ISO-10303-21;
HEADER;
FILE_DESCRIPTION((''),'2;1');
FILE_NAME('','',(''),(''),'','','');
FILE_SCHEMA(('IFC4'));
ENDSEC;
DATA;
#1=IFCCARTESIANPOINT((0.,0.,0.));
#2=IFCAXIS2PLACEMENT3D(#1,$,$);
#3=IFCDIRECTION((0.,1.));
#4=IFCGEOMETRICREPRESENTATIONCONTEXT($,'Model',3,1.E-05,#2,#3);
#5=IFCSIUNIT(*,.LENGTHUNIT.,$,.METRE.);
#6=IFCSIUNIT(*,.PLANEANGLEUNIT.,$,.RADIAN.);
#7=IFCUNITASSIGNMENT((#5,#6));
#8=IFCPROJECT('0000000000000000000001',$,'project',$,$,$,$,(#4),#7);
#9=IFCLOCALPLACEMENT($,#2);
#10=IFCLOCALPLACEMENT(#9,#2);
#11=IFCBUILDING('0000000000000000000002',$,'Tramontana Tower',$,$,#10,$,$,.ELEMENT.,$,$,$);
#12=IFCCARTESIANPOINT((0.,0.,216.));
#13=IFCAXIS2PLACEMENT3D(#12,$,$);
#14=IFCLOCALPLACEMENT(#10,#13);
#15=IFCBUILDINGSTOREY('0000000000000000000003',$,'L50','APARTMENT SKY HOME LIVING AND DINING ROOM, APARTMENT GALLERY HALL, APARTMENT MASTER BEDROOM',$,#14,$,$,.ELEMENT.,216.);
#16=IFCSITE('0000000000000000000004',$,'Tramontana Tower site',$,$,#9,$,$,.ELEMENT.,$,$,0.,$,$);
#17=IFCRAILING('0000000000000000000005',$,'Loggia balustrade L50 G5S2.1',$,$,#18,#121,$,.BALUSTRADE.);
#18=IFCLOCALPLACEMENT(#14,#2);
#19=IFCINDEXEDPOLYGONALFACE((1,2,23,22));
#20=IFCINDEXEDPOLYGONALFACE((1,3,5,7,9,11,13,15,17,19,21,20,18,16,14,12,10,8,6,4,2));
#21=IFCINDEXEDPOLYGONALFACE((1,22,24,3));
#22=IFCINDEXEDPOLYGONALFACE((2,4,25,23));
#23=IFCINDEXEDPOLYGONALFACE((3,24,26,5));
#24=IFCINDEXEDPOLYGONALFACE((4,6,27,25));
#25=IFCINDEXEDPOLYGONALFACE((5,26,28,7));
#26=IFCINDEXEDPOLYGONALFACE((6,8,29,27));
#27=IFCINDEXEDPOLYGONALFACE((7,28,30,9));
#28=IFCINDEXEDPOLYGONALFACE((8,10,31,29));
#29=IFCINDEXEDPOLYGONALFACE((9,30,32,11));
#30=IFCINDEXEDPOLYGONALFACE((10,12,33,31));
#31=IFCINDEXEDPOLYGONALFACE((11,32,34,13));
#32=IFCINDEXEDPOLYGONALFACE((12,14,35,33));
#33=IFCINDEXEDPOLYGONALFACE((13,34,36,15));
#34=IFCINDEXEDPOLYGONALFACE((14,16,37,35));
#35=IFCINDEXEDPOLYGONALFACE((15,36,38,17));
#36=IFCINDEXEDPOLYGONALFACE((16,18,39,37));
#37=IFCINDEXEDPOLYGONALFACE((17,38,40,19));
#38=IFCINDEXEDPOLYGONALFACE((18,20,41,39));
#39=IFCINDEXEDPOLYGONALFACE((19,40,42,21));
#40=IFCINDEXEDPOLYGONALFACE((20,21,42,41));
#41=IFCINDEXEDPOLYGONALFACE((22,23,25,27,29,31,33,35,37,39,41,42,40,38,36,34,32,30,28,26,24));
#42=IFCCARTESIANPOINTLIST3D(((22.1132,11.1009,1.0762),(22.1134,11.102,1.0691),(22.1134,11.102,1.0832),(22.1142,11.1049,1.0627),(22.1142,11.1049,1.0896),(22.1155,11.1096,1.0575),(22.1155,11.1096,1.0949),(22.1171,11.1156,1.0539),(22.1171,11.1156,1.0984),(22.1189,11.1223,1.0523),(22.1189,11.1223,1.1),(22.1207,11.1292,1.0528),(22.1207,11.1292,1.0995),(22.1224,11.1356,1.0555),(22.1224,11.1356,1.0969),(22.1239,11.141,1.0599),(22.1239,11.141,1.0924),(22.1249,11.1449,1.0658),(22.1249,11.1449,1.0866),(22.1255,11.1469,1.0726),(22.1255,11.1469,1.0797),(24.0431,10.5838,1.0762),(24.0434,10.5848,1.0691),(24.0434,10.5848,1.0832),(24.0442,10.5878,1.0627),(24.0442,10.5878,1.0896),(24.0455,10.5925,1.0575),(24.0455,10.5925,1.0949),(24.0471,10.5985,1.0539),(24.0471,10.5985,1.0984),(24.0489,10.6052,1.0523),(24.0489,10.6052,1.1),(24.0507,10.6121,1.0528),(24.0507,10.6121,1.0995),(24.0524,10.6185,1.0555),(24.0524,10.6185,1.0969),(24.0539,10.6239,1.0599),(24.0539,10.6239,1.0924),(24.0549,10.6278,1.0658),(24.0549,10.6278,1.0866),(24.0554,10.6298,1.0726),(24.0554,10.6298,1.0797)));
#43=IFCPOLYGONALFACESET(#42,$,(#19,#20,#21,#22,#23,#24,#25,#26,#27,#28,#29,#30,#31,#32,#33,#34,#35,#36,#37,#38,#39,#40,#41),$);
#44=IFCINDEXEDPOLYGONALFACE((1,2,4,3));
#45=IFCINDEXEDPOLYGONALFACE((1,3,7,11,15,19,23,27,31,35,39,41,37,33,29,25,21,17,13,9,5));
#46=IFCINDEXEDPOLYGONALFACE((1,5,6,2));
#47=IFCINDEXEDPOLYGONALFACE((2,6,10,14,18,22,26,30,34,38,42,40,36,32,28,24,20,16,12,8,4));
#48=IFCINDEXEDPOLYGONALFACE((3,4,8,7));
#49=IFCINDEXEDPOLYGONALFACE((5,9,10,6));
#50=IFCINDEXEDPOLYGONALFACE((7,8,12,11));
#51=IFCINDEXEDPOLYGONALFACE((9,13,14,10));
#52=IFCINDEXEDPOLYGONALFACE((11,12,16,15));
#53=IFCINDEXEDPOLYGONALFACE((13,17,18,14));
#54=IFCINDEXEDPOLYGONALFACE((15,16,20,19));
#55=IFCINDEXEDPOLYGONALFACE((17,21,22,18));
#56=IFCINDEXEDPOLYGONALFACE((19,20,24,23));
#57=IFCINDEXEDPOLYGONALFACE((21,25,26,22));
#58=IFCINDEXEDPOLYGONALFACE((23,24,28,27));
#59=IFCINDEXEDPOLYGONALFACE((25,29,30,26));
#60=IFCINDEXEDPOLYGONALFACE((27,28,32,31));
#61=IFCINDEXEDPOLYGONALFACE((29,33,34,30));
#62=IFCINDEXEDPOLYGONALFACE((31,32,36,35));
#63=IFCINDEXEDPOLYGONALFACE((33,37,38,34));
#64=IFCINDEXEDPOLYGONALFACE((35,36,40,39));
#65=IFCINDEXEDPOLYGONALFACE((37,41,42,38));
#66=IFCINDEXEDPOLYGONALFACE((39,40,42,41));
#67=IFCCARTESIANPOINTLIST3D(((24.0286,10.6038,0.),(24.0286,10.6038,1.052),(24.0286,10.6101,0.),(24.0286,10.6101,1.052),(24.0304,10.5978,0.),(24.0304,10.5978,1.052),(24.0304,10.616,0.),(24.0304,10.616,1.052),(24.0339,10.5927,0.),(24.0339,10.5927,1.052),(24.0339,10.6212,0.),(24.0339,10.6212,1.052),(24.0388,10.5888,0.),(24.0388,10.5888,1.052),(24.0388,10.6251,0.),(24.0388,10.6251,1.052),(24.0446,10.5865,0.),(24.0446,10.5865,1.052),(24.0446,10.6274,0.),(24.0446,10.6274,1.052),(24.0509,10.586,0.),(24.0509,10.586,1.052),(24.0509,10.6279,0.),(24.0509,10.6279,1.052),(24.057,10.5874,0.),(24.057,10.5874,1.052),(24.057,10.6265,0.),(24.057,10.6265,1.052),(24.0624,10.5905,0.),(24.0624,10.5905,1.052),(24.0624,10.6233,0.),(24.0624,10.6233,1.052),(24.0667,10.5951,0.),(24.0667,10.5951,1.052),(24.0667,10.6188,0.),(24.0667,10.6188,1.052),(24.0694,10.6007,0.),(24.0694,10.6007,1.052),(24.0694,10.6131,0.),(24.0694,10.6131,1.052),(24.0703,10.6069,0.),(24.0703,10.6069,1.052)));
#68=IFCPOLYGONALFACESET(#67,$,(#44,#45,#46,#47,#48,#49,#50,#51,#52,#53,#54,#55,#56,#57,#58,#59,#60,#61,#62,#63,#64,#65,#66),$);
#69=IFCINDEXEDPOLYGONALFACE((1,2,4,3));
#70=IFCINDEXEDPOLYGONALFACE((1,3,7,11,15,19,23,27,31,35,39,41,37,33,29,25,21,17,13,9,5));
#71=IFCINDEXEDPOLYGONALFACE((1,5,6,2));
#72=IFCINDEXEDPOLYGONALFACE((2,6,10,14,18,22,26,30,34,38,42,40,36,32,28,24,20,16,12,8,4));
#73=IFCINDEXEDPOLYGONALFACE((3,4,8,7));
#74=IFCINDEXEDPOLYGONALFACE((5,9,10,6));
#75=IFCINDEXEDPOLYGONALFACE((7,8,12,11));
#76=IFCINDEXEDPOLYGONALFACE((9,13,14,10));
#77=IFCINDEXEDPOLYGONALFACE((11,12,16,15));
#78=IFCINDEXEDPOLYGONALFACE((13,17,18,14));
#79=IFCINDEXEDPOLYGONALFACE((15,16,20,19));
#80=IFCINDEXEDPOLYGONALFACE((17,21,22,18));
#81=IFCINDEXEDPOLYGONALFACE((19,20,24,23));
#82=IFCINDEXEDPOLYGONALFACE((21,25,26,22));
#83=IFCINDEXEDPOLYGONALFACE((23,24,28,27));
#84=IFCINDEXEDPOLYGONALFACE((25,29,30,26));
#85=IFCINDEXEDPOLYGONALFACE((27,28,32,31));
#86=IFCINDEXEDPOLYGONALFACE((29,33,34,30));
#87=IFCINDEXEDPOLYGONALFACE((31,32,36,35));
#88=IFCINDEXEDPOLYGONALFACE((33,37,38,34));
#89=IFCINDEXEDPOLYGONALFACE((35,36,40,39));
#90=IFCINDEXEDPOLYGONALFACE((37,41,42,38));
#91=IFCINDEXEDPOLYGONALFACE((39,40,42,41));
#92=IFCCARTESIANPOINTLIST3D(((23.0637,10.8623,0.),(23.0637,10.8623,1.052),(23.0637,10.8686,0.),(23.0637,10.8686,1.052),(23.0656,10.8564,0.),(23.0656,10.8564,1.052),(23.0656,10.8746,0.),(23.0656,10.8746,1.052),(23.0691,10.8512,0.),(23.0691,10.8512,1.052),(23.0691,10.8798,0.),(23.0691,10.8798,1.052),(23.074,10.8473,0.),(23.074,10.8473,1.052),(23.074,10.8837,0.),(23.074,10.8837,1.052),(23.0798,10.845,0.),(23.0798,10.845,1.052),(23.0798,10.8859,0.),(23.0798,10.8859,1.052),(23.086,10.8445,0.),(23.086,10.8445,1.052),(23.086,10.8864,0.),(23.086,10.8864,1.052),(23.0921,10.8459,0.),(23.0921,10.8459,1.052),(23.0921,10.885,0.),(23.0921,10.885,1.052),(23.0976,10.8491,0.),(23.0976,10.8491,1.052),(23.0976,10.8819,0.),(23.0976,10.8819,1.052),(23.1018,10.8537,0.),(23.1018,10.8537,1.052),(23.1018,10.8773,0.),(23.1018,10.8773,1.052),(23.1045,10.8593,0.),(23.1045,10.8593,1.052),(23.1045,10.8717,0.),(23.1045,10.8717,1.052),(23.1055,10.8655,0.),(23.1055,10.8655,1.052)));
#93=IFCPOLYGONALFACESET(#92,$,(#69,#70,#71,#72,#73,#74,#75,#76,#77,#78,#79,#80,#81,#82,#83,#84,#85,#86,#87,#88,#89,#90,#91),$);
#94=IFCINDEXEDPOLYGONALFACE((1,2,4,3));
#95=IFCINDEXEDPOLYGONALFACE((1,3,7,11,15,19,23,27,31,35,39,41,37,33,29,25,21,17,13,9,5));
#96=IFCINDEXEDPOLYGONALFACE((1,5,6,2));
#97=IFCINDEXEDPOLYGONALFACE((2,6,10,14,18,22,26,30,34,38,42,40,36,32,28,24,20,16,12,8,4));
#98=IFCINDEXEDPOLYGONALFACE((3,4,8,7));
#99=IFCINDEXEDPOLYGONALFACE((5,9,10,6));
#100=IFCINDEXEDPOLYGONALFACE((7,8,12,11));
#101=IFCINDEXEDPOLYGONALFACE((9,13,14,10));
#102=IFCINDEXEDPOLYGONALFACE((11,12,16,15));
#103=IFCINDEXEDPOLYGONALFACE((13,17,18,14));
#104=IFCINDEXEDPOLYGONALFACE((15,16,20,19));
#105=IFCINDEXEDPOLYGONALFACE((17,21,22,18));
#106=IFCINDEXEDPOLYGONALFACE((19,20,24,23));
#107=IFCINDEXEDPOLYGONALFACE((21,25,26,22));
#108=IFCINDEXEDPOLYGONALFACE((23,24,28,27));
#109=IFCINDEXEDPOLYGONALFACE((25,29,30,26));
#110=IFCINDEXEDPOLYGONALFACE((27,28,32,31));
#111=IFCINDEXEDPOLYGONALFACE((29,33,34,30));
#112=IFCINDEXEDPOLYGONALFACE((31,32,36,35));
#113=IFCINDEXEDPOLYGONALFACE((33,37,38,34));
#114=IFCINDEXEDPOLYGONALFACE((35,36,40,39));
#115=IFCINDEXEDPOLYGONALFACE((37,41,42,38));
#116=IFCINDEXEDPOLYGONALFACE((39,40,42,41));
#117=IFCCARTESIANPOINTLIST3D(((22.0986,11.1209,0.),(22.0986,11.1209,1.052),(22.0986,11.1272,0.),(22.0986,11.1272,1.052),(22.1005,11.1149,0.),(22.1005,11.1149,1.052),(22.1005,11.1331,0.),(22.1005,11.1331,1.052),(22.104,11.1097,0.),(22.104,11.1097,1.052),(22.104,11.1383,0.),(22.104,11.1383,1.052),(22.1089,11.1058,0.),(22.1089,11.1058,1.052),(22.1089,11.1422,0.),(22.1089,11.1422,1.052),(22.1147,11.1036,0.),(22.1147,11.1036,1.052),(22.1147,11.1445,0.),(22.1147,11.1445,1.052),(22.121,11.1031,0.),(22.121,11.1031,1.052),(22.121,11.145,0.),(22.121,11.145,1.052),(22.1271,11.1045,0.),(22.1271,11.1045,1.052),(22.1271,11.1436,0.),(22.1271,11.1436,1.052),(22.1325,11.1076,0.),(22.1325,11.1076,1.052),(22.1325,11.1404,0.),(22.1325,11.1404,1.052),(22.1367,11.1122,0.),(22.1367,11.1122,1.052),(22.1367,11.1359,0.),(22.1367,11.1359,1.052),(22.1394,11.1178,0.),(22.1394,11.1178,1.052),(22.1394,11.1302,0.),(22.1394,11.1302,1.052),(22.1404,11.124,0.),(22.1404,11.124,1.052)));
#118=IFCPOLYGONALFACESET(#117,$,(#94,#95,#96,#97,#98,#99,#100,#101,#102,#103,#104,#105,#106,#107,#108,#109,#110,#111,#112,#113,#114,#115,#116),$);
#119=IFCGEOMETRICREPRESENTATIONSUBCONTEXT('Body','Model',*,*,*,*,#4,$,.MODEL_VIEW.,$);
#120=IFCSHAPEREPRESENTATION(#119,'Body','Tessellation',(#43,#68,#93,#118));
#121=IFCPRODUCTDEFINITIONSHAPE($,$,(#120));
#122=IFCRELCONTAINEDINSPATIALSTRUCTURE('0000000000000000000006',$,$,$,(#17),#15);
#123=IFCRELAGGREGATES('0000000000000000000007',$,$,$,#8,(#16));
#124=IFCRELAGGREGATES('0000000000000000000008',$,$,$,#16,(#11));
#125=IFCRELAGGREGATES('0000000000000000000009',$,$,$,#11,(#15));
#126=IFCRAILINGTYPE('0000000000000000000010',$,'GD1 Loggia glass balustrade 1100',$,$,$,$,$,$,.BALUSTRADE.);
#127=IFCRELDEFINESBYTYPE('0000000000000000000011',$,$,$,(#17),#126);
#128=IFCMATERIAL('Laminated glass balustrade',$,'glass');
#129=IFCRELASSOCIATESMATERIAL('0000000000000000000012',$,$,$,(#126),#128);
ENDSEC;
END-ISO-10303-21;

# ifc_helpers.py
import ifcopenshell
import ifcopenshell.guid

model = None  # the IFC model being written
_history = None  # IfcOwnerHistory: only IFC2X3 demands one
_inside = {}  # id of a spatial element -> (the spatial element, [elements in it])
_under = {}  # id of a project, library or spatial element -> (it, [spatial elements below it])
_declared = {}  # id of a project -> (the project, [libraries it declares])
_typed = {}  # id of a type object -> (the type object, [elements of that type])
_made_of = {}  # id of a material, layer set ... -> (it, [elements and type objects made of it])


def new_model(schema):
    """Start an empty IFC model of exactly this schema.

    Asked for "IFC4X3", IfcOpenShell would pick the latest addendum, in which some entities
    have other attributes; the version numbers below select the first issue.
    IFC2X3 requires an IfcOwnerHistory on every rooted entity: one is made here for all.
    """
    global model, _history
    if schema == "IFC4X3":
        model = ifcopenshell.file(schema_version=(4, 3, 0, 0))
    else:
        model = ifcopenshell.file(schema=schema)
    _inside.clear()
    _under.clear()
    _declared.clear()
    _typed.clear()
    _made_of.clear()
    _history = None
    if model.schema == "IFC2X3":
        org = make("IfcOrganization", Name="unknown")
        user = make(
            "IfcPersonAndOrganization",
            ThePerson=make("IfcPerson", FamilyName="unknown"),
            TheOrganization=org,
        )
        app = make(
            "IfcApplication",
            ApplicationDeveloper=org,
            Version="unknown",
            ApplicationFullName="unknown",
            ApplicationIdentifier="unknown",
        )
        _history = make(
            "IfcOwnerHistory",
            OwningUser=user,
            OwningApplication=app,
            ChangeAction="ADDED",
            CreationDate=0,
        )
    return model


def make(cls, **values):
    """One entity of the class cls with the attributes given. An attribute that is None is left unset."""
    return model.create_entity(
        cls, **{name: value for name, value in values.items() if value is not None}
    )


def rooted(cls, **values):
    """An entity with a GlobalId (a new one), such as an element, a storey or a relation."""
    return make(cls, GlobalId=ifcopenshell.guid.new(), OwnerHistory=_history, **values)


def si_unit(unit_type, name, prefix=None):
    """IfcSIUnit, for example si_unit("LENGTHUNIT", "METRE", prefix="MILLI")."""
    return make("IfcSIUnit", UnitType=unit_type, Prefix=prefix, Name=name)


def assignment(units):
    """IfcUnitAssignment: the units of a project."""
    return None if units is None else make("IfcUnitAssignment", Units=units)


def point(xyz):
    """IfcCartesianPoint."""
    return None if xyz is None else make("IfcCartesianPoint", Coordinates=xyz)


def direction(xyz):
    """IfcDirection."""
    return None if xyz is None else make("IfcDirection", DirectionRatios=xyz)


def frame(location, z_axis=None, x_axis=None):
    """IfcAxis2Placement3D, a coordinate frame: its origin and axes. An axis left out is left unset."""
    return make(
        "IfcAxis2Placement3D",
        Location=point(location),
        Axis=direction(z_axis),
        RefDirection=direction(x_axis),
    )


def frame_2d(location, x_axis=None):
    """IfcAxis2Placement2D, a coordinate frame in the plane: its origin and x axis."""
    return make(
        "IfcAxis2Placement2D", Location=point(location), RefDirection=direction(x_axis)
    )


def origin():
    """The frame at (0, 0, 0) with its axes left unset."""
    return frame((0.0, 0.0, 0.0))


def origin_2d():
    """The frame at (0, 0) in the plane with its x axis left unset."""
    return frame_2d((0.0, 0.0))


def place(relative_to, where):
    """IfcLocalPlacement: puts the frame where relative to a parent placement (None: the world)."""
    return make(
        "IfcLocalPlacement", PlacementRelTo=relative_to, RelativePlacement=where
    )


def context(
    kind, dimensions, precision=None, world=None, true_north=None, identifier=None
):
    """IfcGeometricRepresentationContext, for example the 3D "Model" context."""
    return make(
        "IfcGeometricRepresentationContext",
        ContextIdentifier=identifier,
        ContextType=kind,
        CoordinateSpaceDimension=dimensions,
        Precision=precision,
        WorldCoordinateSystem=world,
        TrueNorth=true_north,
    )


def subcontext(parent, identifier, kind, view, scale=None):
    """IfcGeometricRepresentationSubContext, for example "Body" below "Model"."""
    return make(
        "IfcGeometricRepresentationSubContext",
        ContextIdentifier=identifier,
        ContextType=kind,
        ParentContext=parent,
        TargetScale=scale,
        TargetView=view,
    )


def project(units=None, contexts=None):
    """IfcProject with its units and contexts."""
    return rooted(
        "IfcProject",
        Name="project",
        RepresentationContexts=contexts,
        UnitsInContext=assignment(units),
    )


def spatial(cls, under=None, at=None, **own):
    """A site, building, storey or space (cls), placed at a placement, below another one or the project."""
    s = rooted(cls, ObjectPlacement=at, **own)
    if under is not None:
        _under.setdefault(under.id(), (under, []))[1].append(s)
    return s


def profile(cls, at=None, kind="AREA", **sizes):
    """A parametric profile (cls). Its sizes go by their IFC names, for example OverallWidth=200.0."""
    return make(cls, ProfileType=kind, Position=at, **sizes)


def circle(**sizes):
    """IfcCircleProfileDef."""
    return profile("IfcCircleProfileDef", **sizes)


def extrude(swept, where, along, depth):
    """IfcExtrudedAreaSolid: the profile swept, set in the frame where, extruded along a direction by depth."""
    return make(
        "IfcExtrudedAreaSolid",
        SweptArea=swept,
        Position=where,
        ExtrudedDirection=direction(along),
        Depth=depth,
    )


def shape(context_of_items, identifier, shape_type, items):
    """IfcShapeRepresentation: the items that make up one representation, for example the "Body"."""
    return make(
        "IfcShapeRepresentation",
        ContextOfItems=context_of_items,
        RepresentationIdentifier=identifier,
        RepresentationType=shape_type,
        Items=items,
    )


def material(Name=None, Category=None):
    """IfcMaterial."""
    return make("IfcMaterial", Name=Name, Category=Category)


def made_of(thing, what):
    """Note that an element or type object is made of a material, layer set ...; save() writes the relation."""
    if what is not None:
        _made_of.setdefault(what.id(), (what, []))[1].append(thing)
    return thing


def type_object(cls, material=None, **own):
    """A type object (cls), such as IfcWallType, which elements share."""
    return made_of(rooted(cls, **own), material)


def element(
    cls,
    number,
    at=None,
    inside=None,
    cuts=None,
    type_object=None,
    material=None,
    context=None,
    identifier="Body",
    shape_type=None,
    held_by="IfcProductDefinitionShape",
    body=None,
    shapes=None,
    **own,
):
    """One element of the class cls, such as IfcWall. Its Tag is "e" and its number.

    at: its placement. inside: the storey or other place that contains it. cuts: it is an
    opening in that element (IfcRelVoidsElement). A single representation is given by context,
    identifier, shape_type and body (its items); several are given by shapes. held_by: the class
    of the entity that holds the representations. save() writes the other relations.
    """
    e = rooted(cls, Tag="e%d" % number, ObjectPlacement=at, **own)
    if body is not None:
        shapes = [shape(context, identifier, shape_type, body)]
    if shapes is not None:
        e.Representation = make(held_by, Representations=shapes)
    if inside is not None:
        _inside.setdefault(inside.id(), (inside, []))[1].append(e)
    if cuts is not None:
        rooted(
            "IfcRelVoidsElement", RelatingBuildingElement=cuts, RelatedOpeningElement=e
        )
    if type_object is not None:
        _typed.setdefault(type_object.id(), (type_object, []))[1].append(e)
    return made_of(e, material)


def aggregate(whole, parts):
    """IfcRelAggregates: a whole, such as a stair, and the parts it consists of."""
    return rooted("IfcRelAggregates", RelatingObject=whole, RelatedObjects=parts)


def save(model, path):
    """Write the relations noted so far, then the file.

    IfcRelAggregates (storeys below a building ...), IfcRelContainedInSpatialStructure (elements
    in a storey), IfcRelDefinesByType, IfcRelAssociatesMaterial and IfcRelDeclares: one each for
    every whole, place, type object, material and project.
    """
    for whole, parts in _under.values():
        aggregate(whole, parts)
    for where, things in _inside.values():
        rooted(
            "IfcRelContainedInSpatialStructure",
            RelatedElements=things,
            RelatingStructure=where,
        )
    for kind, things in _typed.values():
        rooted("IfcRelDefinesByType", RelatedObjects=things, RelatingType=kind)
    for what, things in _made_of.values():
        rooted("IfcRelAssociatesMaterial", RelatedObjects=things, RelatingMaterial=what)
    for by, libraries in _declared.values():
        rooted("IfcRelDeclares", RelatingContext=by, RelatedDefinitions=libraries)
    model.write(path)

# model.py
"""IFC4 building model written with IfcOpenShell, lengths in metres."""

from ifc_helpers import new_model, si_unit, direction, frame, origin, origin_2d, place, context, subcontext, project, spatial, circle, extrude, material, type_object, element, save


model = new_model("IFC4")

# Units and contexts
model_context = context("Model", 3, precision=1e-05, world=origin(), true_north=direction((0.0, 1.0)))
body_context = subcontext(model_context, "Body", "Model", "MODEL_VIEW")
ifc_project = project(units=[si_unit("LENGTHUNIT", "METRE"), si_unit("PLANEANGLEUNIT", "RADIAN")], contexts=[model_context])

# Site, building, storey
site_placement = place(None, origin())
site = spatial("IfcSite", under=ifc_project, at=site_placement, Name="Tramontana Tower site", CompositionType="ELEMENT", RefElevation=0.0)
building_placement = place(site_placement, origin())
building = spatial("IfcBuilding", under=site, at=building_placement, Name="Tramontana Tower", CompositionType="ELEMENT")
storey_placement = place(building_placement, frame((0.0, 0.0, 216.0)))
storey = spatial("IfcBuildingStorey", under=building, at=storey_placement, Name="L50", Description="APARTMENT SKY HOME LIVING AND DINING ROOM, APARTMENT GALLERY HALL, APARTMENT MASTER BEDROOM", CompositionType="ELEMENT", Elevation=216.0)

# Railing
ifc_material_1 = material(Name="Laminated glass balustrade", Category="glass")
railing_type = type_object("IfcRailingType", Name="GD1 Loggia glass balustrade 1100", PredefinedType="BALUSTRADE", material=ifc_material_1)
railing_1_placement = place(storey_placement, frame((24.0493, 10.6069, 0.0)))
element("IfcRailing", 1, at=railing_1_placement, inside=storey, type_object=railing_type, Name="Loggia balustrade L50 G5S2.1", PredefinedType="BALUSTRADE", context=body_context, shape_type="SweptSolid", body=[
    extrude(circle(Radius=0.0239, at=origin_2d()), frame((0.0, 0.0, 1.0762), z_axis=(-0.96593, 0.258803, 0.0), x_axis=(-0.258803, -0.96593, 0.0)), (0.0, 0.0, 1.0), 1.998),
    extrude(circle(Radius=0.021, at=origin_2d()), origin(), (0.0, 0.0, 1.0), 1.052),
    extrude(circle(Radius=0.021, at=origin_2d()), frame((-0.9648, 0.2585, 0.0)), (0.0, 0.0, 1.0), 1.052),
    extrude(circle(Radius=0.021, at=origin_2d()), frame((-1.9299, 0.5171, 0.0)), (0.0, 0.0, 1.0), 1.052),
])

save(model, "model.ifc")
